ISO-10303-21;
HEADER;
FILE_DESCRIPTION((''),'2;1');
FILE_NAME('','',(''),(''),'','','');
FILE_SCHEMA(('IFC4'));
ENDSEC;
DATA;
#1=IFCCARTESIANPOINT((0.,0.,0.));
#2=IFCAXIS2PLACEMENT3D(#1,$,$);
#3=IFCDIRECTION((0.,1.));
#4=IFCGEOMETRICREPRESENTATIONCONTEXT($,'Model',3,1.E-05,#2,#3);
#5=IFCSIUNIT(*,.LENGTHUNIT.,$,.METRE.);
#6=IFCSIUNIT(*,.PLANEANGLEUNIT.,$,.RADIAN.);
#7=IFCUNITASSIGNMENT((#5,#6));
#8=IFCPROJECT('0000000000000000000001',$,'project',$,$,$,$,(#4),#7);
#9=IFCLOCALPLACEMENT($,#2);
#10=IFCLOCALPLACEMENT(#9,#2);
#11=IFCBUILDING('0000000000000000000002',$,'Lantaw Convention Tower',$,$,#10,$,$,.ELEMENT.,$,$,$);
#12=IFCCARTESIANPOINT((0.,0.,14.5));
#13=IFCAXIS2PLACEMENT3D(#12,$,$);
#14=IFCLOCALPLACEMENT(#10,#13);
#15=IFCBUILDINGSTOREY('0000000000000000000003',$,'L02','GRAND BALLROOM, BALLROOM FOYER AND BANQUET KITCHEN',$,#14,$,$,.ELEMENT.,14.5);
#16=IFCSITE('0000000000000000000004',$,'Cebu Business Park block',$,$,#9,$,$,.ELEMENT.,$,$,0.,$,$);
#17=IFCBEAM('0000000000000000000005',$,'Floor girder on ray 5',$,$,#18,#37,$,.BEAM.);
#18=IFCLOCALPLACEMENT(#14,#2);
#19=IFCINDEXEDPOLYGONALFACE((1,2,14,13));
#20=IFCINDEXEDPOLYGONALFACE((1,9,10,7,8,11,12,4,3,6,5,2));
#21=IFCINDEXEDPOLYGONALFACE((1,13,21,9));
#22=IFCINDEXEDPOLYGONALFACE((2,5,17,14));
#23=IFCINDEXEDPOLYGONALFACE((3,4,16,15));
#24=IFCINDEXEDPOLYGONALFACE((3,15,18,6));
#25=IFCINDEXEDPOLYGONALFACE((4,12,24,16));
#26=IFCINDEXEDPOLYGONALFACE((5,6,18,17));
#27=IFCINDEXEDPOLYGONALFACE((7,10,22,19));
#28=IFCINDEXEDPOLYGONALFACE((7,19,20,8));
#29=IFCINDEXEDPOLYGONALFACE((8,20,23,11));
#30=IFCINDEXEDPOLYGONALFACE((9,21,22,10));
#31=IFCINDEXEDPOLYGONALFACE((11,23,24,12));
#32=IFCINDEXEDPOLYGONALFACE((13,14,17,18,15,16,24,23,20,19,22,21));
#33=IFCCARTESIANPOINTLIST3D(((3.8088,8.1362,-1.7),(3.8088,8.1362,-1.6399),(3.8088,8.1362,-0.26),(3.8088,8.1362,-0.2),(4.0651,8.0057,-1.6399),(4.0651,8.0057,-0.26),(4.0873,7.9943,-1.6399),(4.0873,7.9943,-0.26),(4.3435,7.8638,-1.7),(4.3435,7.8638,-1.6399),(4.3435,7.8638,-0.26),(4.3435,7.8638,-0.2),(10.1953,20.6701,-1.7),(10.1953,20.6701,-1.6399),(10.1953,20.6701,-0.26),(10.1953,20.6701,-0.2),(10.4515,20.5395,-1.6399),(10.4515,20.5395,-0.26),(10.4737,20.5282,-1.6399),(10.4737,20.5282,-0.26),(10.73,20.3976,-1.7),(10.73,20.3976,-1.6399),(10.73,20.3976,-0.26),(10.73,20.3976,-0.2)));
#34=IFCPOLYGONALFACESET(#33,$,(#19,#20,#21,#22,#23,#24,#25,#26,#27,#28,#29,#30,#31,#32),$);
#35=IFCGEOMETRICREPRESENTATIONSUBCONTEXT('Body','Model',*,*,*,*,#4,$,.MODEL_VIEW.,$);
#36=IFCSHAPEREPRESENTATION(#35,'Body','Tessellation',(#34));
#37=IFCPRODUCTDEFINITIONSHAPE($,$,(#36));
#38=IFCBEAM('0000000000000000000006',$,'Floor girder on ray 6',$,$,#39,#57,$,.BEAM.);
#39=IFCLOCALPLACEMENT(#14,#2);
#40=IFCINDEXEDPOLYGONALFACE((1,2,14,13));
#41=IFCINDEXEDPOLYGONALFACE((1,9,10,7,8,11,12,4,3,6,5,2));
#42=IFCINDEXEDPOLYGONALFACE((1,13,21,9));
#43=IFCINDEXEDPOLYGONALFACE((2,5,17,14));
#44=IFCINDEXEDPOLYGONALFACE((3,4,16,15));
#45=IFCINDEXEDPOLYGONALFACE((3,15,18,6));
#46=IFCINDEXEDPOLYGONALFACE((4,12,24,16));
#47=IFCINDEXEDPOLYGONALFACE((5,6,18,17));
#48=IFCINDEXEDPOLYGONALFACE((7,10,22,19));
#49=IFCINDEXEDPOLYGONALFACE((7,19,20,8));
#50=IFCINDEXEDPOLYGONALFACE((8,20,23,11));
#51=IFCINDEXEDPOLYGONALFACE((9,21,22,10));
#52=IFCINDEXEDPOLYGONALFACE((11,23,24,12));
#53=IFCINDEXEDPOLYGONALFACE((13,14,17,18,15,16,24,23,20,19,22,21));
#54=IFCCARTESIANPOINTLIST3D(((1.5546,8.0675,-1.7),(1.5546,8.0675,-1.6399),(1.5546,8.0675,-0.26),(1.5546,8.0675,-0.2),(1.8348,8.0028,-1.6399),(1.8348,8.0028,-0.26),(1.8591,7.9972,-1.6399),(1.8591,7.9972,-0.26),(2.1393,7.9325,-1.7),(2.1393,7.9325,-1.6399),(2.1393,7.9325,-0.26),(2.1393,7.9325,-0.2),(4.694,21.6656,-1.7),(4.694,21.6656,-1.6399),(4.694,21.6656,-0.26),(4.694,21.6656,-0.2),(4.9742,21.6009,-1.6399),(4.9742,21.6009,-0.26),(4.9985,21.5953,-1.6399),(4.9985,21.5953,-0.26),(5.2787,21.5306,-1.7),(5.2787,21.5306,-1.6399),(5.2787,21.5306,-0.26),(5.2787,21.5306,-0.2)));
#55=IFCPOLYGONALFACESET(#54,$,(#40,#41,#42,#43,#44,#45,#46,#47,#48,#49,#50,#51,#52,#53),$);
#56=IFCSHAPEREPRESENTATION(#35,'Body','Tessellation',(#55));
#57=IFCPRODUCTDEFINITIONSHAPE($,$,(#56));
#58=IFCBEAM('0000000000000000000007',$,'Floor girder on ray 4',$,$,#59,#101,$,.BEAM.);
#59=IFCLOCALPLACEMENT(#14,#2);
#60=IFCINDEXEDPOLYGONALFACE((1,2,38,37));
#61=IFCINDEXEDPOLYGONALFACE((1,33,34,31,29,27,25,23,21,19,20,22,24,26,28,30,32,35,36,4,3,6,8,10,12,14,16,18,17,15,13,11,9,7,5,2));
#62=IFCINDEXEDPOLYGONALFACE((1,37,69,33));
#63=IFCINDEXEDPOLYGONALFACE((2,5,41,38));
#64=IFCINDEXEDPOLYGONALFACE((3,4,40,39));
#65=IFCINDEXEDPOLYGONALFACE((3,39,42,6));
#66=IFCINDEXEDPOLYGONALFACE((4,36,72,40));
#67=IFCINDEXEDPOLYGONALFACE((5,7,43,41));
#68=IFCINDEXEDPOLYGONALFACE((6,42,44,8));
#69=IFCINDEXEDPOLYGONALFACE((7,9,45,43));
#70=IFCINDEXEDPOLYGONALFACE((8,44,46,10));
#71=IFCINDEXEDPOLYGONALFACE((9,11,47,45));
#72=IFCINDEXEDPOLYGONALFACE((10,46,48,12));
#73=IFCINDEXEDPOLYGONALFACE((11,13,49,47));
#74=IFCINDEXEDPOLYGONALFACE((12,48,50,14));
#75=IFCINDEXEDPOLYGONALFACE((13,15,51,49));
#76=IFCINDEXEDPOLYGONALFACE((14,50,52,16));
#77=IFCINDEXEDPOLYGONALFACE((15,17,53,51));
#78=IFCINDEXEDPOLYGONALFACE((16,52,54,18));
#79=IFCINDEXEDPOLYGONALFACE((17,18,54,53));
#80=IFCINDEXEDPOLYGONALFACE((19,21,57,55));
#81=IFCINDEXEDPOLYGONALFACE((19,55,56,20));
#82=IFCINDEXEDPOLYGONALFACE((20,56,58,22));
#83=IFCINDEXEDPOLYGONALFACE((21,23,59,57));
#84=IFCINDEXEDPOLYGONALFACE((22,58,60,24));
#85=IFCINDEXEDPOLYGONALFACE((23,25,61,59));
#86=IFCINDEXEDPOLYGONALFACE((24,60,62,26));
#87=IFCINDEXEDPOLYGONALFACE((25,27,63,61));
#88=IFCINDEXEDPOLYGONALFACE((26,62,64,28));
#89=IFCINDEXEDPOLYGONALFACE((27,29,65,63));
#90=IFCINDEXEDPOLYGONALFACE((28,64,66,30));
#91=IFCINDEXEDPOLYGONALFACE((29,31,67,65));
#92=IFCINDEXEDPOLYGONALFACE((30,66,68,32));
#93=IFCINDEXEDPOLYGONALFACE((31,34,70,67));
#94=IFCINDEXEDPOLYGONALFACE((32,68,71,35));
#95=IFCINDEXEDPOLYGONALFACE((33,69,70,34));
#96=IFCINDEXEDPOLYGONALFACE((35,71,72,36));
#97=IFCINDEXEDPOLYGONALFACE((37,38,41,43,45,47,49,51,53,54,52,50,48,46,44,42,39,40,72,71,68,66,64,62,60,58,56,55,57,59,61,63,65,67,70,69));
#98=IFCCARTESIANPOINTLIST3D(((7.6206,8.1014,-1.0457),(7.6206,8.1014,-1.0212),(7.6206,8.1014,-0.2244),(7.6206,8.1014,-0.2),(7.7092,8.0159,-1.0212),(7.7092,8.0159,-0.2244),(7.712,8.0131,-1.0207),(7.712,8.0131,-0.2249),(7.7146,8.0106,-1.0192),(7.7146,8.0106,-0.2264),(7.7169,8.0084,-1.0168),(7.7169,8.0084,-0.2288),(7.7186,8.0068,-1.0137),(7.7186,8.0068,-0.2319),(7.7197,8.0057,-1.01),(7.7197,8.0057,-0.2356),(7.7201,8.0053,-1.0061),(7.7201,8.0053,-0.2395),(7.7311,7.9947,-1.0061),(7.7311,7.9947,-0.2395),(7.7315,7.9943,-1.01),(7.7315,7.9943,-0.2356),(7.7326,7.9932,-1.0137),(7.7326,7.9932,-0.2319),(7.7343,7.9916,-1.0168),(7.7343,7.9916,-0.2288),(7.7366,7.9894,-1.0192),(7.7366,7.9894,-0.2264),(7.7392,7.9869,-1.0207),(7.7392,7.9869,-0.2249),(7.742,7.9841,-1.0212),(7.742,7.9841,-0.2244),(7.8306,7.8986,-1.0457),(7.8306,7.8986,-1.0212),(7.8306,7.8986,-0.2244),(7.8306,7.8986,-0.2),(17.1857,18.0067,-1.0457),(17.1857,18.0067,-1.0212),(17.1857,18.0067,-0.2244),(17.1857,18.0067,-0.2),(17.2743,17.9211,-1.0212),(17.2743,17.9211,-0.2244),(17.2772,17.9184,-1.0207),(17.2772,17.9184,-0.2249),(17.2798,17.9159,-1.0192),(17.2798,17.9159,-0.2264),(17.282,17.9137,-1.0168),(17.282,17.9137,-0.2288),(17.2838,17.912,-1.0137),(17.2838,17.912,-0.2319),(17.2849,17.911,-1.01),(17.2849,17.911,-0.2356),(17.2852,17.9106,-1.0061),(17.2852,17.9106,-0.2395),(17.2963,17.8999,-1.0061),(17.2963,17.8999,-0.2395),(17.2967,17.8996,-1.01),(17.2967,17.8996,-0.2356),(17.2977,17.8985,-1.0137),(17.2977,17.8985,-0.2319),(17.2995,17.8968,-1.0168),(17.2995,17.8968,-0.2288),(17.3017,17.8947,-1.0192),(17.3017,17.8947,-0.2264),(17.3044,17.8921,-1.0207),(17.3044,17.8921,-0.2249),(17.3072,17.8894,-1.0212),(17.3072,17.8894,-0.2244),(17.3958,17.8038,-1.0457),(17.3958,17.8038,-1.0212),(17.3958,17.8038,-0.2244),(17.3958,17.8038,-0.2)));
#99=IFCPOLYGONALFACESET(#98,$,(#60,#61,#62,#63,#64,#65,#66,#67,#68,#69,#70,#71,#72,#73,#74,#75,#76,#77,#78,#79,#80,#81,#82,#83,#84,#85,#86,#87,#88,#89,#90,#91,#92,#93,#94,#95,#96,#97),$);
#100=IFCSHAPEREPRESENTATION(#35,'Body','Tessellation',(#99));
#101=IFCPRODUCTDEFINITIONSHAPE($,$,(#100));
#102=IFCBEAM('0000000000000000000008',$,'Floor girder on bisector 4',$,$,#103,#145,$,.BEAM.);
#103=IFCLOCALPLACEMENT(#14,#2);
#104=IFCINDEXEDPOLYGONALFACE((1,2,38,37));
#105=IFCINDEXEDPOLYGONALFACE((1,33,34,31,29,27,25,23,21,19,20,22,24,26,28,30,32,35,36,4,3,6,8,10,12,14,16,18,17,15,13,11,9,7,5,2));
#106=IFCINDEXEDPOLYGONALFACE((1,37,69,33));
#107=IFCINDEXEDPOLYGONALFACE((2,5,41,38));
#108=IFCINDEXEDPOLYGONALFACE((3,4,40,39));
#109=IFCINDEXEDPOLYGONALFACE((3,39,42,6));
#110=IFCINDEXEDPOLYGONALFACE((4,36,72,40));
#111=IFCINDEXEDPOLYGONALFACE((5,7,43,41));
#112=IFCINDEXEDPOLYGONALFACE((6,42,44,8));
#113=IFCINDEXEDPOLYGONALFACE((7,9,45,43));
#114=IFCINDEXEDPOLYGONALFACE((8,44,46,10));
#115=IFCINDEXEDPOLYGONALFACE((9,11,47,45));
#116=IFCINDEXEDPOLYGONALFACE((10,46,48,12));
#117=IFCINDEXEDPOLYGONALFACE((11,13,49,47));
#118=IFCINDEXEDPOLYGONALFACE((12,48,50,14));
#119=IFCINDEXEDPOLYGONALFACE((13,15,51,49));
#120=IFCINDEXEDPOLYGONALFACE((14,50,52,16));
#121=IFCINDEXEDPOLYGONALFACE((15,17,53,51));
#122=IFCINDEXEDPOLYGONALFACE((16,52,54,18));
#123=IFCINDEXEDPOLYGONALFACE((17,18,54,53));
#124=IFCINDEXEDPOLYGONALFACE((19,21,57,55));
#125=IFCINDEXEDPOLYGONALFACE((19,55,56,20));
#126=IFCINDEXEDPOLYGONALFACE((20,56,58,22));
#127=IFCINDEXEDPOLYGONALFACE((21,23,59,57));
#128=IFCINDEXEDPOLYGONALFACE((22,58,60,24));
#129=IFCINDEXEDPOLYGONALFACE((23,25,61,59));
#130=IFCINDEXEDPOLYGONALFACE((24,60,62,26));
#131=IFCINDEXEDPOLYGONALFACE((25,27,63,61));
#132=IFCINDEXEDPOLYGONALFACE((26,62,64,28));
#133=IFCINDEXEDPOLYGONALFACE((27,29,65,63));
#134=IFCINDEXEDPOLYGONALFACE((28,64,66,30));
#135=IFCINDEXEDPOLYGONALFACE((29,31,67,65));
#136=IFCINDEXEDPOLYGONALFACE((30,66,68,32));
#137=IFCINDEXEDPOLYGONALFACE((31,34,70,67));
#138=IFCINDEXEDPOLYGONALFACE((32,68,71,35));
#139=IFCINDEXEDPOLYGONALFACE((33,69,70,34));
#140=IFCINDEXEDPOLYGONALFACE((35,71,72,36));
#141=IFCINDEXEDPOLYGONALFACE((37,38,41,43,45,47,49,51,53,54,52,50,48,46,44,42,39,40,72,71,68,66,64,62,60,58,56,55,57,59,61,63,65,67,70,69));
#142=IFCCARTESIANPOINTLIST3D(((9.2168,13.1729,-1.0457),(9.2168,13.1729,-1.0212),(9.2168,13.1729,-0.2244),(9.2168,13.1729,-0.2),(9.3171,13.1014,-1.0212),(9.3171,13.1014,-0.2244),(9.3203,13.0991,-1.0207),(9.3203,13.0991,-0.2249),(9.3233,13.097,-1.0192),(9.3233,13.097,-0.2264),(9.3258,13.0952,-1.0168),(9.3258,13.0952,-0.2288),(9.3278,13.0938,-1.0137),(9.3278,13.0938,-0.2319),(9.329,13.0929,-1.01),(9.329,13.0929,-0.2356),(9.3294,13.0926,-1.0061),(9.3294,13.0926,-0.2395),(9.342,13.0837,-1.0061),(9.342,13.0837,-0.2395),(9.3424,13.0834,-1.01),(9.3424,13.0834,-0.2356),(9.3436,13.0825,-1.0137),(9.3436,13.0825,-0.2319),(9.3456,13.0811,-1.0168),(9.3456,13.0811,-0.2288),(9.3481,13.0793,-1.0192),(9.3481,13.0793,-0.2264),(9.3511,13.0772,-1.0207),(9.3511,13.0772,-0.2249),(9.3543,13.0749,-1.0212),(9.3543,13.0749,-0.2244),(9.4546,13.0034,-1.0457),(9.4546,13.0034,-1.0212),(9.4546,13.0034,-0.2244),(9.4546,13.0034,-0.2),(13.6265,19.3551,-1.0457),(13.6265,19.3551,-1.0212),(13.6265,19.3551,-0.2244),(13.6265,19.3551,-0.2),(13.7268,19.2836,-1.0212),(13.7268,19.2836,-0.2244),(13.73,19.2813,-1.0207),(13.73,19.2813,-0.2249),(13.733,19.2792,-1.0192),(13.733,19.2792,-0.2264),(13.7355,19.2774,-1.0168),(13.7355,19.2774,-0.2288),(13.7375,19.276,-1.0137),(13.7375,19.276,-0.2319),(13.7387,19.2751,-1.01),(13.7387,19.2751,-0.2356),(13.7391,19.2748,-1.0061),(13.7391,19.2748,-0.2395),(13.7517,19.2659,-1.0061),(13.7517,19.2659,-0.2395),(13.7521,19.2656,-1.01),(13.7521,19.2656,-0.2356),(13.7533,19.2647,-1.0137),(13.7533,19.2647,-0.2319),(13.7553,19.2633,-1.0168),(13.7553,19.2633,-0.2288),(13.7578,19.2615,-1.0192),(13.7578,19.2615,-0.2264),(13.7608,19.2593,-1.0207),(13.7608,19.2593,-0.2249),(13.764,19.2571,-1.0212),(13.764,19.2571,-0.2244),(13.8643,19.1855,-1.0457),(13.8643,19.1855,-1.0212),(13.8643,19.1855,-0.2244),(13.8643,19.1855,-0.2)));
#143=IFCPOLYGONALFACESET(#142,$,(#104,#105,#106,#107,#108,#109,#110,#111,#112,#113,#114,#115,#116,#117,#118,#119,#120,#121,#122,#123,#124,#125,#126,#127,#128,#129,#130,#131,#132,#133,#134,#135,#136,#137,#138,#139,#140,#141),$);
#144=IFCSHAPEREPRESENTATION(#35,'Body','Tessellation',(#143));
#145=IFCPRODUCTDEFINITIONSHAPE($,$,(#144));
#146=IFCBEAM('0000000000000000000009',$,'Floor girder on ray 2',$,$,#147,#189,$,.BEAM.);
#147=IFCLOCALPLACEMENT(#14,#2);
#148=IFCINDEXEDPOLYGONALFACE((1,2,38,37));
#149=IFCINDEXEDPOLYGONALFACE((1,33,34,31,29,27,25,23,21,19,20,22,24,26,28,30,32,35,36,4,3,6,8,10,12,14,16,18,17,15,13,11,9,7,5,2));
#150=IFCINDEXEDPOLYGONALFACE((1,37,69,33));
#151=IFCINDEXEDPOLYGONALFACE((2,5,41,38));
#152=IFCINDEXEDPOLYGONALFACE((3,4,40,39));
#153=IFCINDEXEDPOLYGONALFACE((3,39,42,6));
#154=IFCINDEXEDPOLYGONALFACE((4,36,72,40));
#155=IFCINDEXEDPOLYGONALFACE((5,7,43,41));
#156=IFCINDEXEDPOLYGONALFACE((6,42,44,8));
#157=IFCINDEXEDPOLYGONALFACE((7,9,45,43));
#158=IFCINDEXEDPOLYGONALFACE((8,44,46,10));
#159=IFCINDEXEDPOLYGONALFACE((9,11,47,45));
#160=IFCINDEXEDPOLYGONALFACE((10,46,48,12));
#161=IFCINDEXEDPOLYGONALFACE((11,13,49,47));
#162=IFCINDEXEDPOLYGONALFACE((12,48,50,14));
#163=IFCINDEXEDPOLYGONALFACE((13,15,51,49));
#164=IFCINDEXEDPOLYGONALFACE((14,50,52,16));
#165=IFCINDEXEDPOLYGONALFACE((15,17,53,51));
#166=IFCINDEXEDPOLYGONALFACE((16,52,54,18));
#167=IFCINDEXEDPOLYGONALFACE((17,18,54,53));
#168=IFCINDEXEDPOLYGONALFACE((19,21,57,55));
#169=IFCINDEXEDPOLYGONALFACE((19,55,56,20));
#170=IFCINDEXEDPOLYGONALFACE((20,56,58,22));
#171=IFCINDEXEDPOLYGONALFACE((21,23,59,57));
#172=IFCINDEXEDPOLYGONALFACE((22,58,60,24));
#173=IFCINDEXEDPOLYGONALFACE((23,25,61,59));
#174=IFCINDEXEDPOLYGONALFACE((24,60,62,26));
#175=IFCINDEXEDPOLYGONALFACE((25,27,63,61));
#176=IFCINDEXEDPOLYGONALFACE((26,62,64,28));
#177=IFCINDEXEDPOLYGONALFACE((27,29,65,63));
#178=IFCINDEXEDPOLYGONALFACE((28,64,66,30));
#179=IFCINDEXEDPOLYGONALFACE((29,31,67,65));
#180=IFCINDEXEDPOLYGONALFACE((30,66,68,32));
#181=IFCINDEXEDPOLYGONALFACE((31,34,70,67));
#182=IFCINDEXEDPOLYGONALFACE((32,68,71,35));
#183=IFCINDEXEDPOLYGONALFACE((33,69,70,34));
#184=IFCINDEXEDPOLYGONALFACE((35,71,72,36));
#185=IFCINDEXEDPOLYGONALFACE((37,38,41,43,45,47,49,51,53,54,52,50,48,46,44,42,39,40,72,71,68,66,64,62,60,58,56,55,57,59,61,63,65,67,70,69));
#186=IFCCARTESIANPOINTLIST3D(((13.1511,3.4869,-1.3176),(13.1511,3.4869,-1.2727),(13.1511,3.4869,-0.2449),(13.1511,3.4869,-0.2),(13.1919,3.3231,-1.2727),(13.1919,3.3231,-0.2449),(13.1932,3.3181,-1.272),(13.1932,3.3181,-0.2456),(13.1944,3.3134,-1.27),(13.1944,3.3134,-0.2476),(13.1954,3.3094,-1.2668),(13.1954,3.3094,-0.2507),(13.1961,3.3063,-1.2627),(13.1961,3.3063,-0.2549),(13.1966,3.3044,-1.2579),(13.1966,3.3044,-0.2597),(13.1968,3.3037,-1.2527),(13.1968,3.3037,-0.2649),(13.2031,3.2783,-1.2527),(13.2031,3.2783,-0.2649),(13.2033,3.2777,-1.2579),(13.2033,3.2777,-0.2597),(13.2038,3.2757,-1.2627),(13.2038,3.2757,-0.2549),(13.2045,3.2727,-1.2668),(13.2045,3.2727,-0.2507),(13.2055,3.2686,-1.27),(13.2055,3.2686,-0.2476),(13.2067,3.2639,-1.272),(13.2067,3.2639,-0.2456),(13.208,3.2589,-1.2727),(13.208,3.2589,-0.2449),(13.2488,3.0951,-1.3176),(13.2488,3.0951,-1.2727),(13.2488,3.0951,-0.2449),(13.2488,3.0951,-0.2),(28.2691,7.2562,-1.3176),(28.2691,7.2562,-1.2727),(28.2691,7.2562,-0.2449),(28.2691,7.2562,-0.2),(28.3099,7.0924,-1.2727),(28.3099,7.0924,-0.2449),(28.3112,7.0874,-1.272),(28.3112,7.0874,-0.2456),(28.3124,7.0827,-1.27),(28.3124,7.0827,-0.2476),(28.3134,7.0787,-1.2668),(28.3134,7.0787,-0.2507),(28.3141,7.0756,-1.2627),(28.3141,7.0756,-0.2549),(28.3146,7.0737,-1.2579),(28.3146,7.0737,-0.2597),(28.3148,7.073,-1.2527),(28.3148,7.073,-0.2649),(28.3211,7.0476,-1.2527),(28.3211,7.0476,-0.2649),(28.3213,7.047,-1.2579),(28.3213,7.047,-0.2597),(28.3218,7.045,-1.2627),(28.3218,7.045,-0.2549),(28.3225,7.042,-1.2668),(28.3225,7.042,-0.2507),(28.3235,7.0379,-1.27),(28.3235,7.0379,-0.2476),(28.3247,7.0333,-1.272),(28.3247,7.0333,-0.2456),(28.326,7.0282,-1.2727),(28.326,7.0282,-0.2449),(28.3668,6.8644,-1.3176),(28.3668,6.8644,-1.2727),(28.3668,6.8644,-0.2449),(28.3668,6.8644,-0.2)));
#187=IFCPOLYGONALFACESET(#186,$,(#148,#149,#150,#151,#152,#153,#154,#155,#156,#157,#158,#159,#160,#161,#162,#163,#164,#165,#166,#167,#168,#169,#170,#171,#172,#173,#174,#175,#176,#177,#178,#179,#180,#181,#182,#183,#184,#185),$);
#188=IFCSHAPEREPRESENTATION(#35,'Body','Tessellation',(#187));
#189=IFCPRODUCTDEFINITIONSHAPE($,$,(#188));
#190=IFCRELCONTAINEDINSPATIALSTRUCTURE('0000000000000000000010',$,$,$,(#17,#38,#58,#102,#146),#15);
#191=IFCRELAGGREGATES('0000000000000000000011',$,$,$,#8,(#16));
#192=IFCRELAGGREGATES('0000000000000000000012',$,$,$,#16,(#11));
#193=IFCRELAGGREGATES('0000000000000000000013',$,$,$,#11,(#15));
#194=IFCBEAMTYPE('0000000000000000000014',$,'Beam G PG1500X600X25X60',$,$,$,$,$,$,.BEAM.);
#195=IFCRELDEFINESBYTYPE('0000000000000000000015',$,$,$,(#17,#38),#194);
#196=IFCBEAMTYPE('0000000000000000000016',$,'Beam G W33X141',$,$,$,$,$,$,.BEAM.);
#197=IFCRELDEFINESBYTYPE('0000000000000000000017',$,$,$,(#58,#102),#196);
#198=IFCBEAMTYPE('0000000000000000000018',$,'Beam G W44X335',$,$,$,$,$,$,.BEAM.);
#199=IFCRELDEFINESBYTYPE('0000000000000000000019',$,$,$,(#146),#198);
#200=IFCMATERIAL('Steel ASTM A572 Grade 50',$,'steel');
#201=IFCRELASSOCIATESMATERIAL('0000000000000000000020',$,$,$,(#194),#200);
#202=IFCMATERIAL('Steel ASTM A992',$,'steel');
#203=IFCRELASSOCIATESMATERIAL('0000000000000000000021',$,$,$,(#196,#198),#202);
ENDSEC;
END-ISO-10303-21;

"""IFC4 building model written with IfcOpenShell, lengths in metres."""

from ifc_helpers import new_model, si_unit, direction, frame, origin, origin_2d, place, context, subcontext, project, spatial, i_section, extrude, material, material_profile, profile_set, type_object, element, save


model = new_model("IFC4")

# Units and contexts
model_context = context("Model", 3, precision=1e-05, world=origin(), true_north=direction((0.0, 1.0)))
body_context = subcontext(model_context, "Body", "Model", "MODEL_VIEW")
ifc_project = project(units=[si_unit("LENGTHUNIT", "METRE"), si_unit("PLANEANGLEUNIT", "RADIAN")], contexts=[model_context])

# Site, building, storey
site_placement = place(None, origin())
site = spatial("IfcSite", under=ifc_project, at=site_placement, Name="Cebu Business Park block", CompositionType="ELEMENT", RefElevation=0.0)
building_placement = place(site_placement, origin())
building = spatial("IfcBuilding", under=site, at=building_placement, Name="Lantaw Convention Tower", CompositionType="ELEMENT")
storey_placement = place(building_placement, frame((0.0, 0.0, 14.5)))
storey = spatial("IfcBuildingStorey", under=building, at=storey_placement, Name="L02", Description="GRAND BALLROOM, BALLROOM FOYER AND BANQUET KITCHEN", CompositionType="ELEMENT", Elevation=14.5)

# Beams
ifc_material_1 = material(Name="Steel ASTM A572 Grade 50", Category="steel")
ifc_material_profile_1 = material_profile(ifc_material_1, i_section(OverallWidth=0.6001, OverallDepth=1.5, WebThickness=0.0249, FlangeThickness=0.0601, at=origin_2d()), Name="PG1500X600X25X60")
ifc_profile_set_1 = profile_set([ifc_material_profile_1], Name="Steel ASTM A572 Grade 50")
beam_type_1 = type_object("IfcBeamType", Name="Beam G PG1500X600X25X60", PredefinedType="BEAM", material=ifc_profile_set_1)
beam_1_placement = place(storey_placement, frame((4.0762, 8.0, -0.95), z_axis=(0.453997, 0.891003, 0.0), x_axis=(-0.891003, 0.453997, 0.0)))
element("IfcBeam", 1, at=beam_1_placement, inside=storey, type_object=beam_type_1, Name="Floor girder on ray 5", PredefinedType="BEAM", context=body_context, shape_type="SweptSolid", body=[
    extrude(i_section(OverallWidth=0.6001, OverallDepth=1.5, WebThickness=0.0249, FlangeThickness=0.0601, at=origin_2d()), origin(), (0.0, 0.0, 1.0), 14.0671),
])
beam_2_placement = place(storey_placement, frame((1.8469, 8.0, -0.95), z_axis=(0.224953, 0.97437, 0.0), x_axis=(-0.97437, 0.224953, 0.0)))
element("IfcBeam", 2, at=beam_2_placement, inside=storey, type_object=beam_type_1, Name="Floor girder on ray 6", PredefinedType="BEAM", context=body_context, shape_type="SweptSolid", body=[
    extrude(i_section(OverallWidth=0.6001, OverallDepth=1.5, WebThickness=0.0249, FlangeThickness=0.0601, at=origin_2d()), origin(), (0.0, 0.0, 1.0), 13.9558),
])
ifc_material_2 = material(Name="Steel ASTM A992", Category="steel")
ifc_material_profile_2 = material_profile(ifc_material_2, i_section(OverallWidth=0.292, OverallDepth=0.8457, WebThickness=0.0154, FlangeThickness=0.0244, FilletRadius=0.0151, at=origin_2d()), Name="W33X141")
ifc_profile_set_2 = profile_set([ifc_material_profile_2], Name="Steel ASTM A992")
beam_type_2 = type_object("IfcBeamType", Name="Beam G W33X141", PredefinedType="BEAM", material=ifc_profile_set_2)
beam_3_placement = place(storey_placement, frame((7.7256, 8.0, -0.6228), z_axis=(0.69465, 0.719348, 0.0), x_axis=(-0.719348, 0.69465, 0.0)))
element("IfcBeam", 3, at=beam_3_placement, inside=storey, type_object=beam_type_2, Name="Floor girder on ray 4", PredefinedType="BEAM", context=body_context, shape_type="SweptSolid", body=[
    extrude(i_section(OverallWidth=0.292, OverallDepth=0.8457, WebThickness=0.0154, FlangeThickness=0.0244, FilletRadius=0.0151, at=origin_2d()), origin(), (0.0, 0.0, 1.0), 13.7698),
])
beam_4_placement = place(storey_placement, frame((9.3357, 13.0881, -0.6228), z_axis=(0.580703, 0.814116, 0.0), x_axis=(-0.814116, 0.580703, 0.0)))
element("IfcBeam", 4, at=beam_4_placement, inside=storey, type_object=beam_type_2, Name="Floor girder on bisector 4", PredefinedType="BEAM", context=body_context, shape_type="SweptSolid", body=[
    extrude(i_section(OverallWidth=0.292, OverallDepth=0.8457, WebThickness=0.0154, FlangeThickness=0.0244, FilletRadius=0.0151, at=origin_2d()), origin(), (0.0, 0.0, 1.0), 7.5938),
])
ifc_material_profile_3 = material_profile(ifc_material_2, i_section(OverallWidth=0.4038, OverallDepth=1.1177, WebThickness=0.0261, FlangeThickness=0.0449, FilletRadius=0.02, at=origin_2d()), Name="W44X335")
ifc_profile_set_3 = profile_set([ifc_material_profile_3], Name="Steel ASTM A992")
beam_type_3 = type_object("IfcBeamType", Name="Beam G W44X335", PredefinedType="BEAM", material=ifc_profile_set_3)
beam_5_placement = place(storey_placement, frame((13.2, 3.291, -0.7588), z_axis=(0.970296, 0.24192, 0.0), x_axis=(-0.24192, 0.970296, 0.0)))
element("IfcBeam", 5, at=beam_5_placement, inside=storey, type_object=beam_type_3, Name="Floor girder on ray 2", PredefinedType="BEAM", context=body_context, shape_type="SweptSolid", body=[
    extrude(i_section(OverallWidth=0.4038, OverallDepth=1.1177, WebThickness=0.0261, FlangeThickness=0.0449, FilletRadius=0.02, at=origin_2d()), origin(), (0.0, 0.0, 1.0), 15.5808),
])

save(model, "model.ifc")
